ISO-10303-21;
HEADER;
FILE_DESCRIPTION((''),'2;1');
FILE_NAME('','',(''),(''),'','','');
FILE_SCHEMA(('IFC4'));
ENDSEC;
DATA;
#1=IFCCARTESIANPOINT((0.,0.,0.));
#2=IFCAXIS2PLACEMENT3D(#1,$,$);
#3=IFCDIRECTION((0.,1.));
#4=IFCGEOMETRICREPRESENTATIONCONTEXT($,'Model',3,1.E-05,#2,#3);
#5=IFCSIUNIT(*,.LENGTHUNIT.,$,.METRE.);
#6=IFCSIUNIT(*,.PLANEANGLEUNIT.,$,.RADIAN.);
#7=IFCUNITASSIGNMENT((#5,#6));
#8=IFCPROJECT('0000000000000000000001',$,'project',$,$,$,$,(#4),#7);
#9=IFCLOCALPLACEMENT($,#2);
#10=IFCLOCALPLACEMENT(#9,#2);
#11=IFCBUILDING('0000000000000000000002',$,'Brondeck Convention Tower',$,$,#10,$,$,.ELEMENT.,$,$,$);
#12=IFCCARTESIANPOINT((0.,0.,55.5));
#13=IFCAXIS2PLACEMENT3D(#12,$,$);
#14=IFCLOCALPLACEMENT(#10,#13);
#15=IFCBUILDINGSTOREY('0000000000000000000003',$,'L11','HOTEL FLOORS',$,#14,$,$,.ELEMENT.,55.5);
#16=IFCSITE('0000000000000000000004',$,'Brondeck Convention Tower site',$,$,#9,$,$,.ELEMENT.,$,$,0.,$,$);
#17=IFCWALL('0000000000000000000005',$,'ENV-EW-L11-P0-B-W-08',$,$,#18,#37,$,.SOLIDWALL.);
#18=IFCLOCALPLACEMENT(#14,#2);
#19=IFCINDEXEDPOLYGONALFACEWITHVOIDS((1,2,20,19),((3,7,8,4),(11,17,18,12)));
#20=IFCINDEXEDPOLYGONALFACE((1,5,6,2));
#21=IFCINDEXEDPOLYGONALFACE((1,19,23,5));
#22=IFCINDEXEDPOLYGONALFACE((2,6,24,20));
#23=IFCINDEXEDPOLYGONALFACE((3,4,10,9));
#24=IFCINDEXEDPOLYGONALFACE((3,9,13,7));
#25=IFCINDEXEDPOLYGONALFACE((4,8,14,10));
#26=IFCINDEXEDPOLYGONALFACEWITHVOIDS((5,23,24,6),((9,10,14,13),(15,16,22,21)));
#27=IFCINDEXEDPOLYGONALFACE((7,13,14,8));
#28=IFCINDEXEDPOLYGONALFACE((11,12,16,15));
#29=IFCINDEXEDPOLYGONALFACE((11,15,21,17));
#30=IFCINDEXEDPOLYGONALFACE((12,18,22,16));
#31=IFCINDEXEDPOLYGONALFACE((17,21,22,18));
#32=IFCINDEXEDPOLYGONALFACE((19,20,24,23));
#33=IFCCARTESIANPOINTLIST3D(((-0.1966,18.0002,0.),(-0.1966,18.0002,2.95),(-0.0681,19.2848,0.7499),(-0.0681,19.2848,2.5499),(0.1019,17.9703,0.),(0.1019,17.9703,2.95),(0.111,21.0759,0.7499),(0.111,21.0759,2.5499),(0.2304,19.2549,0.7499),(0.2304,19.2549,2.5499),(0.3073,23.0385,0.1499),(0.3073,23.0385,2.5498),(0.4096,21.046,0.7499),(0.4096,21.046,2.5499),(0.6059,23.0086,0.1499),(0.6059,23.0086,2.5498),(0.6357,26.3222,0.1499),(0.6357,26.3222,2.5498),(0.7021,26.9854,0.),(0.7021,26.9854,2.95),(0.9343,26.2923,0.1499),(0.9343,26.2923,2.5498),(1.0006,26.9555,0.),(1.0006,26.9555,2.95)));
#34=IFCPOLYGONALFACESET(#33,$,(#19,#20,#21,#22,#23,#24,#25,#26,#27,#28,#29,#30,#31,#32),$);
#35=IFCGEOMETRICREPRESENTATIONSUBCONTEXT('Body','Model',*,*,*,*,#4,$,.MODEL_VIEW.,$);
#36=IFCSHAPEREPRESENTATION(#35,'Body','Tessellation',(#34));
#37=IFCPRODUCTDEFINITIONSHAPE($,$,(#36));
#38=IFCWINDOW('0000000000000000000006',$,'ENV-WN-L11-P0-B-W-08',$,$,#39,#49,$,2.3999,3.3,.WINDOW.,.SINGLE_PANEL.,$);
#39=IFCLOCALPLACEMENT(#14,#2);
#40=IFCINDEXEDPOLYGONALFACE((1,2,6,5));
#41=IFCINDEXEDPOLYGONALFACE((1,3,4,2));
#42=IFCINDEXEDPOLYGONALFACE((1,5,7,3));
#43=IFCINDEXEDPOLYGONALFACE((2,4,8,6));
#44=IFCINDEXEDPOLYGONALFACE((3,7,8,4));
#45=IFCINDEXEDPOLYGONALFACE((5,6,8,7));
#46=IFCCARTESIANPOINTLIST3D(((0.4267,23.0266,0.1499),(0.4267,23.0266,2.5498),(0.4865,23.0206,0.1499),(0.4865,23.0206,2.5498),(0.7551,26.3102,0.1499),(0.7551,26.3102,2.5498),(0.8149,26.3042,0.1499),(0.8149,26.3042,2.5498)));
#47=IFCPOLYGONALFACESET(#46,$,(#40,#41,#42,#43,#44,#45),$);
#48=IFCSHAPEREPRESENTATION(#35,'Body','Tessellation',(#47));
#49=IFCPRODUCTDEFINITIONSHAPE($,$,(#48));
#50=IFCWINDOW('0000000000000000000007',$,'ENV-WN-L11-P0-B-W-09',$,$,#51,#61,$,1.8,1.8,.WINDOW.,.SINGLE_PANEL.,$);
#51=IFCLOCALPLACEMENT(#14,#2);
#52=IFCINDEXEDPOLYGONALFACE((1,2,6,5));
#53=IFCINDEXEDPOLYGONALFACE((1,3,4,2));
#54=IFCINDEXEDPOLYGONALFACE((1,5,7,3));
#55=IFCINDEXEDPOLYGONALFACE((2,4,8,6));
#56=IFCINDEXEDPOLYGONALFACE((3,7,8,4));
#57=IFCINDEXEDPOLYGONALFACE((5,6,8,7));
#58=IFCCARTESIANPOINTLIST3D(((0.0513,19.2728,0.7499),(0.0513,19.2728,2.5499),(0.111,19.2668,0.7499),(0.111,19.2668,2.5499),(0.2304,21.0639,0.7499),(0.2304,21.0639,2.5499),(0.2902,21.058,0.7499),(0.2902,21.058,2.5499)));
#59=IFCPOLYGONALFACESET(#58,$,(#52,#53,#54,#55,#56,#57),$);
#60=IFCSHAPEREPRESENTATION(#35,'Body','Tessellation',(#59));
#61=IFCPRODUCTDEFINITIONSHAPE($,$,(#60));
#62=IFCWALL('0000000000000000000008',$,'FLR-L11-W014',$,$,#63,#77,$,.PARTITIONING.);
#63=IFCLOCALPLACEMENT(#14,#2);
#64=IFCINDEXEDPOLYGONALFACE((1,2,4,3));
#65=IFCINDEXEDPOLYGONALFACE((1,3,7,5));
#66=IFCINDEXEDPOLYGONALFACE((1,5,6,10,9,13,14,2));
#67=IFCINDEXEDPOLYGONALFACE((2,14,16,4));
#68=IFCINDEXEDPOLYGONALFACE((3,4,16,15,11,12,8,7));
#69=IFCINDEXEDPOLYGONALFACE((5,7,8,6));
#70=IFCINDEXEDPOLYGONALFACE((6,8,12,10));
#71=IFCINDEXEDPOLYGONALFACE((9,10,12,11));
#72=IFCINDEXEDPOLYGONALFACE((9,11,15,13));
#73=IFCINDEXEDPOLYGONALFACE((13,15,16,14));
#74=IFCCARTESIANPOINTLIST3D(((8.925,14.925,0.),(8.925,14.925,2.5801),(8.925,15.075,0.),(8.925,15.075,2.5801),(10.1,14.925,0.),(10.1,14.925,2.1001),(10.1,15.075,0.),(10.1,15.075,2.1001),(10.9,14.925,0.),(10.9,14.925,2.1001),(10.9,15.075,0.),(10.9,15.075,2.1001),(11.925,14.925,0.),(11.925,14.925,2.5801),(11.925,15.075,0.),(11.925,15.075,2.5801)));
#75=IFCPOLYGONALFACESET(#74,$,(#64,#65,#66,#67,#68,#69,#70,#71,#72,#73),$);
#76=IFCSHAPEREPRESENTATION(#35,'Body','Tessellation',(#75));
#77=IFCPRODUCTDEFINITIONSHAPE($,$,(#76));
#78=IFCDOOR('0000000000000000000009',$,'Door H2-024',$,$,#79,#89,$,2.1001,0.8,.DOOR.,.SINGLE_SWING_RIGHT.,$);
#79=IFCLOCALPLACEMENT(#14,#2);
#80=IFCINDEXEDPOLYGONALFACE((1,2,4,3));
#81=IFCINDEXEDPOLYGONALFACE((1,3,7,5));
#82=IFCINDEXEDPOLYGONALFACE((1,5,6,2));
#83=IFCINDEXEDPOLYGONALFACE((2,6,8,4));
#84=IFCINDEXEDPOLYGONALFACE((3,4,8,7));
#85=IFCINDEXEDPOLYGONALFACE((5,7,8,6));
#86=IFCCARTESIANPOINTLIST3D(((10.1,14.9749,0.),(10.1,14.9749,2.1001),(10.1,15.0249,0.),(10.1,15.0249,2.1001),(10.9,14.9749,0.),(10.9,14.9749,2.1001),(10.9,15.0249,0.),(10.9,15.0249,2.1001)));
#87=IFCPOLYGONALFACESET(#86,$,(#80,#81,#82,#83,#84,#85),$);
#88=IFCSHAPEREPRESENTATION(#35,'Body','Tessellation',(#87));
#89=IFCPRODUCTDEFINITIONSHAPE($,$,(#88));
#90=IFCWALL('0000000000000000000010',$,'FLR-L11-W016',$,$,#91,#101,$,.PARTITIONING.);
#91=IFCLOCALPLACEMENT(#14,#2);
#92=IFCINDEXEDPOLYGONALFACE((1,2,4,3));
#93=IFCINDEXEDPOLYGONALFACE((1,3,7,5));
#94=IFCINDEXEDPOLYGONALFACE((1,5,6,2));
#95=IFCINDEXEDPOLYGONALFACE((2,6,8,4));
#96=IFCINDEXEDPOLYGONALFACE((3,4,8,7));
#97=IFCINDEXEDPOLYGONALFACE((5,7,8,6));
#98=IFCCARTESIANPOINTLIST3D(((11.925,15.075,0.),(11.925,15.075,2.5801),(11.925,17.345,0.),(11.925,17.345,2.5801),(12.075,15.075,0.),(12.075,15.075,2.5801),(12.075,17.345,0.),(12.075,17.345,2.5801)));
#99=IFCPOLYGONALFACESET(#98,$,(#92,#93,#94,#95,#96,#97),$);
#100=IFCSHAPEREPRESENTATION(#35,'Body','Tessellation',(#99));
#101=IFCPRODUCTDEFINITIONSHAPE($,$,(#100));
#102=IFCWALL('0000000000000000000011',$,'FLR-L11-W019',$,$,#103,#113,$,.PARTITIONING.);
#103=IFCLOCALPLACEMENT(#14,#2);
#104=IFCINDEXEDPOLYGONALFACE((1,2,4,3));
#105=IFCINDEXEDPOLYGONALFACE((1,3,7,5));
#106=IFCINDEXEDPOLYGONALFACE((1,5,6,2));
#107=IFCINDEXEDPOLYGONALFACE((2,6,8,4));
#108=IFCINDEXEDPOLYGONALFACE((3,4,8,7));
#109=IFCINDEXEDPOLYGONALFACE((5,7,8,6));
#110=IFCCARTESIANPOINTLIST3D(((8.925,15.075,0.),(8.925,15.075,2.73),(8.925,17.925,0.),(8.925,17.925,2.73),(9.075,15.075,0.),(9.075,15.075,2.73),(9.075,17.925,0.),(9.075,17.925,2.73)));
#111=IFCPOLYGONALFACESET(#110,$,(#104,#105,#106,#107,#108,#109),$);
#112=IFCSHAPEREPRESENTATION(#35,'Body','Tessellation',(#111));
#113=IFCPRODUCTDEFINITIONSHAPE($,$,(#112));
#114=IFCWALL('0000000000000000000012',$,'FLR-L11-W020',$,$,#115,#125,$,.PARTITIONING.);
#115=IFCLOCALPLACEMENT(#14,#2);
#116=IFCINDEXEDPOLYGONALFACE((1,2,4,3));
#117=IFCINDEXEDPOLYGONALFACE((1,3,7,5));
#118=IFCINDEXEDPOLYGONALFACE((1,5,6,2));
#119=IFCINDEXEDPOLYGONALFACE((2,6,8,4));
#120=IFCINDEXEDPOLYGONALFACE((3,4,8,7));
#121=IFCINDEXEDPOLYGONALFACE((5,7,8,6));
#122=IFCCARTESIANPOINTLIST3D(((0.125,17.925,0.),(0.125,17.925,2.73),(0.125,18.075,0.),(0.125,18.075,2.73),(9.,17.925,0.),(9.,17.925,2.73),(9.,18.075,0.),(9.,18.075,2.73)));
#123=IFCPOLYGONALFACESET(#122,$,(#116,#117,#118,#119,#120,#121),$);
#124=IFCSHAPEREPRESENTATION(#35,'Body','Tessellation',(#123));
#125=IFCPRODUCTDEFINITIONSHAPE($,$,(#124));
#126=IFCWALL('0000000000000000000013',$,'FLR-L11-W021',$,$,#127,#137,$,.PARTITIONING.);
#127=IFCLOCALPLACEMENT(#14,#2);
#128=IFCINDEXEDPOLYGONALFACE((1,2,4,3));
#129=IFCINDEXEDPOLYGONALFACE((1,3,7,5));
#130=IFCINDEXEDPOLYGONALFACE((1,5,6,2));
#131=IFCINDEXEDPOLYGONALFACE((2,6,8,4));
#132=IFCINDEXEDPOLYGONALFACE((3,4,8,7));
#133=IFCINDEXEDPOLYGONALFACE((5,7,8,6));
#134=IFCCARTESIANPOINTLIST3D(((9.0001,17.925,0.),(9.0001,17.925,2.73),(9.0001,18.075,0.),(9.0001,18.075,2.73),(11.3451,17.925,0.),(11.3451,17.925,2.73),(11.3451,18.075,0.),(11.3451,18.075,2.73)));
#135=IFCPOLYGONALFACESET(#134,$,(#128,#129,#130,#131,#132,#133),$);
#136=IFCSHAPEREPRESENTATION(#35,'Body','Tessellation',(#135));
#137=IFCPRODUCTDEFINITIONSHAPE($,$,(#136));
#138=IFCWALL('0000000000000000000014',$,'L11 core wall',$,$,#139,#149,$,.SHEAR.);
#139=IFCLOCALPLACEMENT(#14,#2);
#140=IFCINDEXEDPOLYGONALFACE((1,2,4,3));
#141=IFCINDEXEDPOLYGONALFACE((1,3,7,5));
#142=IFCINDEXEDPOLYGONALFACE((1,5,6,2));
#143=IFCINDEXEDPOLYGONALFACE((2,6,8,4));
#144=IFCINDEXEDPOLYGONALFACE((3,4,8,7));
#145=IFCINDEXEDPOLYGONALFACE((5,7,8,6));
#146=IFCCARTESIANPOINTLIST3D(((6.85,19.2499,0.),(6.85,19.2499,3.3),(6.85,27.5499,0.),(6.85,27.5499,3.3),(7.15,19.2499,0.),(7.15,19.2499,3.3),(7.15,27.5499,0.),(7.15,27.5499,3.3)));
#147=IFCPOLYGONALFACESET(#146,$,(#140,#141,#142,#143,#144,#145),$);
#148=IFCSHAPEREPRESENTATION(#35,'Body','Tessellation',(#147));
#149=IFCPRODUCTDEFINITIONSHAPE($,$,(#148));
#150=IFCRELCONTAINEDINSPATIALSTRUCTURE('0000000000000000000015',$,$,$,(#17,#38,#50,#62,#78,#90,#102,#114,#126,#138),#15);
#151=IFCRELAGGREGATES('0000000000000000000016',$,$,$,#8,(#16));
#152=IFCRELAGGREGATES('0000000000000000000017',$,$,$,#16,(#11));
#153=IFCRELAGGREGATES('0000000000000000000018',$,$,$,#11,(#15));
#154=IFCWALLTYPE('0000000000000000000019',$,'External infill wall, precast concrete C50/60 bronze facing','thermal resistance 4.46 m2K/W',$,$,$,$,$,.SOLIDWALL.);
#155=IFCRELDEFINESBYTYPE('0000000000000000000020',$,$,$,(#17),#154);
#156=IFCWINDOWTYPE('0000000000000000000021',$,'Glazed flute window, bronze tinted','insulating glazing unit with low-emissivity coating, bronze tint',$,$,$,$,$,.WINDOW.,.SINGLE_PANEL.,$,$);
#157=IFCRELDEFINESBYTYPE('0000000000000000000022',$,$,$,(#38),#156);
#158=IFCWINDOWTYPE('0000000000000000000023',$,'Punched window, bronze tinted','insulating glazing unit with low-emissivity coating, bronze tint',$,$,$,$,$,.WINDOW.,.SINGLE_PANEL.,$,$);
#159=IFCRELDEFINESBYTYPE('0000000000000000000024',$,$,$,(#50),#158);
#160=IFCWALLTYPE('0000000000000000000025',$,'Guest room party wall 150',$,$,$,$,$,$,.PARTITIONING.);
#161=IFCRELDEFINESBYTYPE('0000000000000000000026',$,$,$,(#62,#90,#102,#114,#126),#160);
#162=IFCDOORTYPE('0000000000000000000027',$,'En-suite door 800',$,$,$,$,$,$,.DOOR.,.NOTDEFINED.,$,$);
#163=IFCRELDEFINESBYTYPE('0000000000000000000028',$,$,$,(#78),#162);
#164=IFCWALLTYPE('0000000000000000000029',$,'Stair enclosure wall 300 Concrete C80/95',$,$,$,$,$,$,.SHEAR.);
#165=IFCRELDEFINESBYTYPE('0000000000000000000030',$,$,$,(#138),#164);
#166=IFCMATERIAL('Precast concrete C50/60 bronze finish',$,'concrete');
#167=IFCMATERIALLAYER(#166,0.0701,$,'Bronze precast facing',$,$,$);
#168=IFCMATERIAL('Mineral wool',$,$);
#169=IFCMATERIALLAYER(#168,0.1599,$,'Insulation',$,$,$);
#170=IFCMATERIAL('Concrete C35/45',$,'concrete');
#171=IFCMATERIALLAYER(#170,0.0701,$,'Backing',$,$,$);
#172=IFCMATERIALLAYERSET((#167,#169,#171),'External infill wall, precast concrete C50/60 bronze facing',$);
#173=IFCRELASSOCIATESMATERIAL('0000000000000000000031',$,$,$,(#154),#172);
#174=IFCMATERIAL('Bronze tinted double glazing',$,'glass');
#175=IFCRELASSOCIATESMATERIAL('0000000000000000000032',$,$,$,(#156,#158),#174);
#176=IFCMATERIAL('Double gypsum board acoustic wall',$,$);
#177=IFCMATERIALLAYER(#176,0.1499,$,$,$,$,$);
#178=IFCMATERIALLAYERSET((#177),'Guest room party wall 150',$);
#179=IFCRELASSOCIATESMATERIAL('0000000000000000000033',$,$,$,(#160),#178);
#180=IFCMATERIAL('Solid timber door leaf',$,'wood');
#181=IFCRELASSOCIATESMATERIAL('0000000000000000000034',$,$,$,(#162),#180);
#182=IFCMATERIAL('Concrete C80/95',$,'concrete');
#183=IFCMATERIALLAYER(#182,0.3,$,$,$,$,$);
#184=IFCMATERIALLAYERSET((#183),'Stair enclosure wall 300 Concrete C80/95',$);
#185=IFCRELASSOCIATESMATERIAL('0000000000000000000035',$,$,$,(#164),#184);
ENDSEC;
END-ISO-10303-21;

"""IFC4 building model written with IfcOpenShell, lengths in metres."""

from ifc_helpers import new_model, si_unit, direction, frame, frame_2d, origin, place, context, subcontext, project, spatial, rectangle, extrude, material, layer, layer_set, type_object, element, fill, save


model = new_model("IFC4")

# Units and contexts
model_context = context("Model", 3, precision=1e-05, world=origin(), true_north=direction((0.0, 1.0)))
body_context = subcontext(model_context, "Body", "Model", "MODEL_VIEW")
ifc_project = project(units=[si_unit("LENGTHUNIT", "METRE"), si_unit("PLANEANGLEUNIT", "RADIAN")], contexts=[model_context])

# Site, building, storey
site_placement = place(None, origin())
site = spatial("IfcSite", under=ifc_project, at=site_placement, Name="Brondeck Convention Tower site", CompositionType="ELEMENT", RefElevation=0.0)
building_placement = place(site_placement, origin())
building = spatial("IfcBuilding", under=site, at=building_placement, Name="Brondeck Convention Tower", CompositionType="ELEMENT")
storey_placement = place(building_placement, frame((0.0, 0.0, 55.5)))
storey = spatial("IfcBuildingStorey", under=building, at=storey_placement, Name="L11", Description="HOTEL FLOORS", CompositionType="ELEMENT", Elevation=55.5)

# Shared definitions
ifc_material_1 = material(Name="Concrete C80/95", Category="concrete")

# Wall, openings, windows
ifc_material_2 = material(Name="Precast concrete C50/60 bronze finish", Category="concrete")
ifc_layer_1 = layer(ifc_material_2, 0.0701, Name="Bronze precast facing")
ifc_material_3 = material(Name="Mineral wool")
ifc_layer_2 = layer(ifc_material_3, 0.1599, Name="Insulation")
ifc_material_4 = material(Name="Concrete C35/45", Category="concrete")
ifc_layer_3 = layer(ifc_material_4, 0.0701, Name="Backing")
ifc_layer_set_1 = layer_set([ifc_layer_1, ifc_layer_2, ifc_layer_3], Name="External infill wall, precast concrete C50/60 bronze facing")
wall_type_1 = type_object("IfcWallType", Name="External infill wall, precast concrete C50/60 bronze facing", Description="thermal resistance 4.46 m2K/W", PredefinedType="SOLIDWALL", material=ifc_layer_set_1)
wall_1_placement = place(storey_placement, frame((-0.0474, 17.9851, 0.0), z_axis=(0.0, 0.0, 1.0), x_axis=(0.099522, 0.995035, 0.0)))
wall_1 = element("IfcWall", 1, at=wall_1_placement, inside=storey, type_object=wall_type_1, Name="ENV-EW-L11-P0-B-W-08", PredefinedType="SOLIDWALL", context=body_context, shape_type="SweptSolid", body=[
    extrude(rectangle(XDim=9.03, YDim=0.3, at=frame_2d((4.5151, 0.0))), origin(), (0.0, 0.0, 1.0), 2.95),
])
opening_1_placement = place(wall_1_placement, frame((1.2913, 0.0, 0.75)))
opening_1 = element("IfcOpeningElement", 2, at=opening_1_placement, cuts=wall_1, PredefinedType="OPENING", context=body_context, shape_type="SweptSolid", body=[
    extrude(rectangle(XDim=1.8, YDim=1.8, at=frame_2d((0.8999, 0.8999))), frame((0.0, 0.1599, 0.0), z_axis=(0.0, -1.0, 0.0), x_axis=(1.0, 0.0, 0.0)), (0.0, 0.0, 1.0), 0.3201),
])
opening_2_placement = place(wall_1_placement, frame((5.0637, 0.0, 0.1499)))
opening_2 = element("IfcOpeningElement", 3, at=opening_2_placement, cuts=wall_1, PredefinedType="OPENING", context=body_context, shape_type="SweptSolid", body=[
    extrude(rectangle(XDim=3.3, YDim=2.3999, at=frame_2d((1.6499, 1.2))), frame((0.0, 0.1599, 0.0), z_axis=(0.0, -1.0, 0.0), x_axis=(1.0, 0.0, 0.0)), (0.0, 0.0, 1.0), 0.3201),
])
ifc_material_5 = material(Name="Bronze tinted double glazing", Category="glass")
window_type_1 = type_object("IfcWindowType", Name="Glazed flute window, bronze tinted", Description="insulating glazing unit with low-emissivity coating, bronze tint", PartitioningType="SINGLE_PANEL", PredefinedType="WINDOW", material=ifc_material_5)
window_1_placement = place(opening_2_placement, origin())
window_1 = element("IfcWindow", 4, at=window_1_placement, inside=storey, type_object=window_type_1, Name="ENV-WN-L11-P0-B-W-08", OverallHeight=2.3999, OverallWidth=3.3, PartitioningType="SINGLE_PANEL", PredefinedType="WINDOW", context=body_context, shape_type="SweptSolid", body=[
    extrude(rectangle(XDim=3.3, YDim=2.3999, at=frame_2d((1.6499, 1.2))), frame((0.0, 0.03, 0.0), z_axis=(0.0, -1.0, 0.0), x_axis=(1.0, 0.0, 0.0)), (0.0, 0.0, 1.0), 0.0601),
])
fill(opening_2, window_1)
window_type_2 = type_object("IfcWindowType", Name="Punched window, bronze tinted", Description="insulating glazing unit with low-emissivity coating, bronze tint", PartitioningType="SINGLE_PANEL", PredefinedType="WINDOW", material=ifc_material_5)
window_2_placement = place(opening_1_placement, origin())
window_2 = element("IfcWindow", 5, at=window_2_placement, inside=storey, type_object=window_type_2, Name="ENV-WN-L11-P0-B-W-09", OverallHeight=1.8, OverallWidth=1.8, PartitioningType="SINGLE_PANEL", PredefinedType="WINDOW", context=body_context, shape_type="SweptSolid", body=[
    extrude(rectangle(XDim=1.8, YDim=1.8, at=frame_2d((0.8999, 0.8999))), frame((0.0, 0.03, 0.0), z_axis=(0.0, -1.0, 0.0), x_axis=(1.0, 0.0, 0.0)), (0.0, 0.0, 1.0), 0.0601),
])
fill(opening_1, window_2)

# Wall, opening, door
ifc_material_6 = material(Name="Double gypsum board acoustic wall")
ifc_layer_4 = layer(ifc_material_6, 0.1499)
ifc_layer_set_2 = layer_set([ifc_layer_4], Name="Guest room party wall 150")
wall_type_2 = type_object("IfcWallType", Name="Guest room party wall 150", PredefinedType="PARTITIONING", material=ifc_layer_set_2)
wall_2_placement = place(storey_placement, frame((8.925, 15.0, 0.0), z_axis=(0.0, 0.0, 1.0), x_axis=(1.0, 0.0, 0.0)))
wall_2 = element("IfcWall", 6, at=wall_2_placement, inside=storey, type_object=wall_type_2, Name="FLR-L11-W014", PredefinedType="PARTITIONING", context=body_context, shape_type="SweptSolid", body=[
    extrude(rectangle(XDim=3.0, YDim=0.1499, at=frame_2d((1.5, 0.0))), origin(), (0.0, 0.0, 1.0), 2.5801),
])
opening_3_placement = place(wall_2_placement, frame((1.175, 0.0, 0.0)))
opening_3 = element("IfcOpeningElement", 7, at=opening_3_placement, cuts=wall_2, PredefinedType="OPENING", context=body_context, shape_type="SweptSolid", body=[
    extrude(rectangle(XDim=0.8, YDim=2.1001, at=frame_2d((0.3999, 1.05))), frame((0.0, 0.085, 0.0), z_axis=(0.0, -1.0, 0.0), x_axis=(1.0, 0.0, 0.0)), (0.0, 0.0, 1.0), 0.1699),
])
ifc_material_7 = material(Name="Solid timber door leaf", Category="wood")
door_type_1 = type_object("IfcDoorType", Name="En-suite door 800", OperationType="NOTDEFINED", PredefinedType="DOOR", material=ifc_material_7)
door_1_placement = place(opening_3_placement, origin())
door_1 = element("IfcDoor", 8, at=door_1_placement, inside=storey, type_object=door_type_1, Name="Door H2-024", OperationType="SINGLE_SWING_RIGHT", OverallHeight=2.1001, OverallWidth=0.8, PredefinedType="DOOR", context=body_context, shape_type="SweptSolid", body=[
    extrude(rectangle(XDim=0.8, YDim=2.1001, at=frame_2d((0.3999, 1.05))), frame((0.0, 0.0249, 0.0), z_axis=(0.0, -1.0, 0.0), x_axis=(1.0, 0.0, 0.0)), (0.0, 0.0, 1.0), 0.05),
])
fill(opening_3, door_1)

# Walls
wall_3_placement = place(storey_placement, frame((12.0, 15.075, 0.0), z_axis=(0.0, 0.0, 1.0), x_axis=(0.0, 1.0, 0.0)))
element("IfcWall", 9, at=wall_3_placement, inside=storey, type_object=wall_type_2, Name="FLR-L11-W016", PredefinedType="PARTITIONING", context=body_context, shape_type="SweptSolid", body=[
    extrude(rectangle(XDim=2.27, YDim=0.1499, at=frame_2d((1.135, 0.0))), origin(), (0.0, 0.0, 1.0), 2.5801),
])
wall_4_placement = place(storey_placement, frame((9.0, 17.925, 0.0), z_axis=(0.0, 0.0, 1.0), x_axis=(0.0, -1.0, 0.0)))
element("IfcWall", 10, at=wall_4_placement, inside=storey, type_object=wall_type_2, Name="FLR-L11-W019", PredefinedType="PARTITIONING", context=body_context, shape_type="SweptSolid", body=[
    extrude(rectangle(XDim=2.8501, YDim=0.1499, at=frame_2d((1.425, 0.0))), origin(), (0.0, 0.0, 1.0), 2.73),
])
wall_5_placement = place(storey_placement, frame((9.0, 18.0, 0.0), z_axis=(0.0, 0.0, 1.0), x_axis=(-1.0, 0.0, 0.0)))
element("IfcWall", 11, at=wall_5_placement, inside=storey, type_object=wall_type_2, Name="FLR-L11-W020", PredefinedType="PARTITIONING", context=body_context, shape_type="SweptSolid", body=[
    extrude(rectangle(XDim=8.875, YDim=0.1499, at=frame_2d((4.4375, 0.0))), origin(), (0.0, 0.0, 1.0), 2.73),
])
wall_6_placement = place(storey_placement, frame((11.345, 18.0, 0.0), z_axis=(0.0, 0.0, 1.0), x_axis=(-1.0, 0.0, 0.0)))
element("IfcWall", 12, at=wall_6_placement, inside=storey, type_object=wall_type_2, Name="FLR-L11-W021", PredefinedType="PARTITIONING", context=body_context, shape_type="SweptSolid", body=[
    extrude(rectangle(XDim=2.345, YDim=0.1499, at=frame_2d((1.1724, 0.0))), origin(), (0.0, 0.0, 1.0), 2.73),
])
ifc_layer_5 = layer(ifc_material_1, 0.3)
ifc_layer_set_3 = layer_set([ifc_layer_5], Name="Stair enclosure wall 300 Concrete C80/95")
wall_type_3 = type_object("IfcWallType", Name="Stair enclosure wall 300 Concrete C80/95", PredefinedType="SHEAR", material=ifc_layer_set_3)
wall_7_placement = place(storey_placement, frame((7.0, 19.25, 0.0), z_axis=(0.0, 0.0, 1.0), x_axis=(0.0, 1.0, 0.0)))
element("IfcWall", 13, at=wall_7_placement, inside=storey, type_object=wall_type_3, Name="L11 core wall", PredefinedType="SHEAR", context=body_context, shape_type="SweptSolid", body=[
    extrude(rectangle(XDim=8.3, YDim=0.3, at=frame_2d((4.1499, 0.0))), origin(), (0.0, 0.0, 1.0), 3.3),
])

save(model, "model.ifc")
